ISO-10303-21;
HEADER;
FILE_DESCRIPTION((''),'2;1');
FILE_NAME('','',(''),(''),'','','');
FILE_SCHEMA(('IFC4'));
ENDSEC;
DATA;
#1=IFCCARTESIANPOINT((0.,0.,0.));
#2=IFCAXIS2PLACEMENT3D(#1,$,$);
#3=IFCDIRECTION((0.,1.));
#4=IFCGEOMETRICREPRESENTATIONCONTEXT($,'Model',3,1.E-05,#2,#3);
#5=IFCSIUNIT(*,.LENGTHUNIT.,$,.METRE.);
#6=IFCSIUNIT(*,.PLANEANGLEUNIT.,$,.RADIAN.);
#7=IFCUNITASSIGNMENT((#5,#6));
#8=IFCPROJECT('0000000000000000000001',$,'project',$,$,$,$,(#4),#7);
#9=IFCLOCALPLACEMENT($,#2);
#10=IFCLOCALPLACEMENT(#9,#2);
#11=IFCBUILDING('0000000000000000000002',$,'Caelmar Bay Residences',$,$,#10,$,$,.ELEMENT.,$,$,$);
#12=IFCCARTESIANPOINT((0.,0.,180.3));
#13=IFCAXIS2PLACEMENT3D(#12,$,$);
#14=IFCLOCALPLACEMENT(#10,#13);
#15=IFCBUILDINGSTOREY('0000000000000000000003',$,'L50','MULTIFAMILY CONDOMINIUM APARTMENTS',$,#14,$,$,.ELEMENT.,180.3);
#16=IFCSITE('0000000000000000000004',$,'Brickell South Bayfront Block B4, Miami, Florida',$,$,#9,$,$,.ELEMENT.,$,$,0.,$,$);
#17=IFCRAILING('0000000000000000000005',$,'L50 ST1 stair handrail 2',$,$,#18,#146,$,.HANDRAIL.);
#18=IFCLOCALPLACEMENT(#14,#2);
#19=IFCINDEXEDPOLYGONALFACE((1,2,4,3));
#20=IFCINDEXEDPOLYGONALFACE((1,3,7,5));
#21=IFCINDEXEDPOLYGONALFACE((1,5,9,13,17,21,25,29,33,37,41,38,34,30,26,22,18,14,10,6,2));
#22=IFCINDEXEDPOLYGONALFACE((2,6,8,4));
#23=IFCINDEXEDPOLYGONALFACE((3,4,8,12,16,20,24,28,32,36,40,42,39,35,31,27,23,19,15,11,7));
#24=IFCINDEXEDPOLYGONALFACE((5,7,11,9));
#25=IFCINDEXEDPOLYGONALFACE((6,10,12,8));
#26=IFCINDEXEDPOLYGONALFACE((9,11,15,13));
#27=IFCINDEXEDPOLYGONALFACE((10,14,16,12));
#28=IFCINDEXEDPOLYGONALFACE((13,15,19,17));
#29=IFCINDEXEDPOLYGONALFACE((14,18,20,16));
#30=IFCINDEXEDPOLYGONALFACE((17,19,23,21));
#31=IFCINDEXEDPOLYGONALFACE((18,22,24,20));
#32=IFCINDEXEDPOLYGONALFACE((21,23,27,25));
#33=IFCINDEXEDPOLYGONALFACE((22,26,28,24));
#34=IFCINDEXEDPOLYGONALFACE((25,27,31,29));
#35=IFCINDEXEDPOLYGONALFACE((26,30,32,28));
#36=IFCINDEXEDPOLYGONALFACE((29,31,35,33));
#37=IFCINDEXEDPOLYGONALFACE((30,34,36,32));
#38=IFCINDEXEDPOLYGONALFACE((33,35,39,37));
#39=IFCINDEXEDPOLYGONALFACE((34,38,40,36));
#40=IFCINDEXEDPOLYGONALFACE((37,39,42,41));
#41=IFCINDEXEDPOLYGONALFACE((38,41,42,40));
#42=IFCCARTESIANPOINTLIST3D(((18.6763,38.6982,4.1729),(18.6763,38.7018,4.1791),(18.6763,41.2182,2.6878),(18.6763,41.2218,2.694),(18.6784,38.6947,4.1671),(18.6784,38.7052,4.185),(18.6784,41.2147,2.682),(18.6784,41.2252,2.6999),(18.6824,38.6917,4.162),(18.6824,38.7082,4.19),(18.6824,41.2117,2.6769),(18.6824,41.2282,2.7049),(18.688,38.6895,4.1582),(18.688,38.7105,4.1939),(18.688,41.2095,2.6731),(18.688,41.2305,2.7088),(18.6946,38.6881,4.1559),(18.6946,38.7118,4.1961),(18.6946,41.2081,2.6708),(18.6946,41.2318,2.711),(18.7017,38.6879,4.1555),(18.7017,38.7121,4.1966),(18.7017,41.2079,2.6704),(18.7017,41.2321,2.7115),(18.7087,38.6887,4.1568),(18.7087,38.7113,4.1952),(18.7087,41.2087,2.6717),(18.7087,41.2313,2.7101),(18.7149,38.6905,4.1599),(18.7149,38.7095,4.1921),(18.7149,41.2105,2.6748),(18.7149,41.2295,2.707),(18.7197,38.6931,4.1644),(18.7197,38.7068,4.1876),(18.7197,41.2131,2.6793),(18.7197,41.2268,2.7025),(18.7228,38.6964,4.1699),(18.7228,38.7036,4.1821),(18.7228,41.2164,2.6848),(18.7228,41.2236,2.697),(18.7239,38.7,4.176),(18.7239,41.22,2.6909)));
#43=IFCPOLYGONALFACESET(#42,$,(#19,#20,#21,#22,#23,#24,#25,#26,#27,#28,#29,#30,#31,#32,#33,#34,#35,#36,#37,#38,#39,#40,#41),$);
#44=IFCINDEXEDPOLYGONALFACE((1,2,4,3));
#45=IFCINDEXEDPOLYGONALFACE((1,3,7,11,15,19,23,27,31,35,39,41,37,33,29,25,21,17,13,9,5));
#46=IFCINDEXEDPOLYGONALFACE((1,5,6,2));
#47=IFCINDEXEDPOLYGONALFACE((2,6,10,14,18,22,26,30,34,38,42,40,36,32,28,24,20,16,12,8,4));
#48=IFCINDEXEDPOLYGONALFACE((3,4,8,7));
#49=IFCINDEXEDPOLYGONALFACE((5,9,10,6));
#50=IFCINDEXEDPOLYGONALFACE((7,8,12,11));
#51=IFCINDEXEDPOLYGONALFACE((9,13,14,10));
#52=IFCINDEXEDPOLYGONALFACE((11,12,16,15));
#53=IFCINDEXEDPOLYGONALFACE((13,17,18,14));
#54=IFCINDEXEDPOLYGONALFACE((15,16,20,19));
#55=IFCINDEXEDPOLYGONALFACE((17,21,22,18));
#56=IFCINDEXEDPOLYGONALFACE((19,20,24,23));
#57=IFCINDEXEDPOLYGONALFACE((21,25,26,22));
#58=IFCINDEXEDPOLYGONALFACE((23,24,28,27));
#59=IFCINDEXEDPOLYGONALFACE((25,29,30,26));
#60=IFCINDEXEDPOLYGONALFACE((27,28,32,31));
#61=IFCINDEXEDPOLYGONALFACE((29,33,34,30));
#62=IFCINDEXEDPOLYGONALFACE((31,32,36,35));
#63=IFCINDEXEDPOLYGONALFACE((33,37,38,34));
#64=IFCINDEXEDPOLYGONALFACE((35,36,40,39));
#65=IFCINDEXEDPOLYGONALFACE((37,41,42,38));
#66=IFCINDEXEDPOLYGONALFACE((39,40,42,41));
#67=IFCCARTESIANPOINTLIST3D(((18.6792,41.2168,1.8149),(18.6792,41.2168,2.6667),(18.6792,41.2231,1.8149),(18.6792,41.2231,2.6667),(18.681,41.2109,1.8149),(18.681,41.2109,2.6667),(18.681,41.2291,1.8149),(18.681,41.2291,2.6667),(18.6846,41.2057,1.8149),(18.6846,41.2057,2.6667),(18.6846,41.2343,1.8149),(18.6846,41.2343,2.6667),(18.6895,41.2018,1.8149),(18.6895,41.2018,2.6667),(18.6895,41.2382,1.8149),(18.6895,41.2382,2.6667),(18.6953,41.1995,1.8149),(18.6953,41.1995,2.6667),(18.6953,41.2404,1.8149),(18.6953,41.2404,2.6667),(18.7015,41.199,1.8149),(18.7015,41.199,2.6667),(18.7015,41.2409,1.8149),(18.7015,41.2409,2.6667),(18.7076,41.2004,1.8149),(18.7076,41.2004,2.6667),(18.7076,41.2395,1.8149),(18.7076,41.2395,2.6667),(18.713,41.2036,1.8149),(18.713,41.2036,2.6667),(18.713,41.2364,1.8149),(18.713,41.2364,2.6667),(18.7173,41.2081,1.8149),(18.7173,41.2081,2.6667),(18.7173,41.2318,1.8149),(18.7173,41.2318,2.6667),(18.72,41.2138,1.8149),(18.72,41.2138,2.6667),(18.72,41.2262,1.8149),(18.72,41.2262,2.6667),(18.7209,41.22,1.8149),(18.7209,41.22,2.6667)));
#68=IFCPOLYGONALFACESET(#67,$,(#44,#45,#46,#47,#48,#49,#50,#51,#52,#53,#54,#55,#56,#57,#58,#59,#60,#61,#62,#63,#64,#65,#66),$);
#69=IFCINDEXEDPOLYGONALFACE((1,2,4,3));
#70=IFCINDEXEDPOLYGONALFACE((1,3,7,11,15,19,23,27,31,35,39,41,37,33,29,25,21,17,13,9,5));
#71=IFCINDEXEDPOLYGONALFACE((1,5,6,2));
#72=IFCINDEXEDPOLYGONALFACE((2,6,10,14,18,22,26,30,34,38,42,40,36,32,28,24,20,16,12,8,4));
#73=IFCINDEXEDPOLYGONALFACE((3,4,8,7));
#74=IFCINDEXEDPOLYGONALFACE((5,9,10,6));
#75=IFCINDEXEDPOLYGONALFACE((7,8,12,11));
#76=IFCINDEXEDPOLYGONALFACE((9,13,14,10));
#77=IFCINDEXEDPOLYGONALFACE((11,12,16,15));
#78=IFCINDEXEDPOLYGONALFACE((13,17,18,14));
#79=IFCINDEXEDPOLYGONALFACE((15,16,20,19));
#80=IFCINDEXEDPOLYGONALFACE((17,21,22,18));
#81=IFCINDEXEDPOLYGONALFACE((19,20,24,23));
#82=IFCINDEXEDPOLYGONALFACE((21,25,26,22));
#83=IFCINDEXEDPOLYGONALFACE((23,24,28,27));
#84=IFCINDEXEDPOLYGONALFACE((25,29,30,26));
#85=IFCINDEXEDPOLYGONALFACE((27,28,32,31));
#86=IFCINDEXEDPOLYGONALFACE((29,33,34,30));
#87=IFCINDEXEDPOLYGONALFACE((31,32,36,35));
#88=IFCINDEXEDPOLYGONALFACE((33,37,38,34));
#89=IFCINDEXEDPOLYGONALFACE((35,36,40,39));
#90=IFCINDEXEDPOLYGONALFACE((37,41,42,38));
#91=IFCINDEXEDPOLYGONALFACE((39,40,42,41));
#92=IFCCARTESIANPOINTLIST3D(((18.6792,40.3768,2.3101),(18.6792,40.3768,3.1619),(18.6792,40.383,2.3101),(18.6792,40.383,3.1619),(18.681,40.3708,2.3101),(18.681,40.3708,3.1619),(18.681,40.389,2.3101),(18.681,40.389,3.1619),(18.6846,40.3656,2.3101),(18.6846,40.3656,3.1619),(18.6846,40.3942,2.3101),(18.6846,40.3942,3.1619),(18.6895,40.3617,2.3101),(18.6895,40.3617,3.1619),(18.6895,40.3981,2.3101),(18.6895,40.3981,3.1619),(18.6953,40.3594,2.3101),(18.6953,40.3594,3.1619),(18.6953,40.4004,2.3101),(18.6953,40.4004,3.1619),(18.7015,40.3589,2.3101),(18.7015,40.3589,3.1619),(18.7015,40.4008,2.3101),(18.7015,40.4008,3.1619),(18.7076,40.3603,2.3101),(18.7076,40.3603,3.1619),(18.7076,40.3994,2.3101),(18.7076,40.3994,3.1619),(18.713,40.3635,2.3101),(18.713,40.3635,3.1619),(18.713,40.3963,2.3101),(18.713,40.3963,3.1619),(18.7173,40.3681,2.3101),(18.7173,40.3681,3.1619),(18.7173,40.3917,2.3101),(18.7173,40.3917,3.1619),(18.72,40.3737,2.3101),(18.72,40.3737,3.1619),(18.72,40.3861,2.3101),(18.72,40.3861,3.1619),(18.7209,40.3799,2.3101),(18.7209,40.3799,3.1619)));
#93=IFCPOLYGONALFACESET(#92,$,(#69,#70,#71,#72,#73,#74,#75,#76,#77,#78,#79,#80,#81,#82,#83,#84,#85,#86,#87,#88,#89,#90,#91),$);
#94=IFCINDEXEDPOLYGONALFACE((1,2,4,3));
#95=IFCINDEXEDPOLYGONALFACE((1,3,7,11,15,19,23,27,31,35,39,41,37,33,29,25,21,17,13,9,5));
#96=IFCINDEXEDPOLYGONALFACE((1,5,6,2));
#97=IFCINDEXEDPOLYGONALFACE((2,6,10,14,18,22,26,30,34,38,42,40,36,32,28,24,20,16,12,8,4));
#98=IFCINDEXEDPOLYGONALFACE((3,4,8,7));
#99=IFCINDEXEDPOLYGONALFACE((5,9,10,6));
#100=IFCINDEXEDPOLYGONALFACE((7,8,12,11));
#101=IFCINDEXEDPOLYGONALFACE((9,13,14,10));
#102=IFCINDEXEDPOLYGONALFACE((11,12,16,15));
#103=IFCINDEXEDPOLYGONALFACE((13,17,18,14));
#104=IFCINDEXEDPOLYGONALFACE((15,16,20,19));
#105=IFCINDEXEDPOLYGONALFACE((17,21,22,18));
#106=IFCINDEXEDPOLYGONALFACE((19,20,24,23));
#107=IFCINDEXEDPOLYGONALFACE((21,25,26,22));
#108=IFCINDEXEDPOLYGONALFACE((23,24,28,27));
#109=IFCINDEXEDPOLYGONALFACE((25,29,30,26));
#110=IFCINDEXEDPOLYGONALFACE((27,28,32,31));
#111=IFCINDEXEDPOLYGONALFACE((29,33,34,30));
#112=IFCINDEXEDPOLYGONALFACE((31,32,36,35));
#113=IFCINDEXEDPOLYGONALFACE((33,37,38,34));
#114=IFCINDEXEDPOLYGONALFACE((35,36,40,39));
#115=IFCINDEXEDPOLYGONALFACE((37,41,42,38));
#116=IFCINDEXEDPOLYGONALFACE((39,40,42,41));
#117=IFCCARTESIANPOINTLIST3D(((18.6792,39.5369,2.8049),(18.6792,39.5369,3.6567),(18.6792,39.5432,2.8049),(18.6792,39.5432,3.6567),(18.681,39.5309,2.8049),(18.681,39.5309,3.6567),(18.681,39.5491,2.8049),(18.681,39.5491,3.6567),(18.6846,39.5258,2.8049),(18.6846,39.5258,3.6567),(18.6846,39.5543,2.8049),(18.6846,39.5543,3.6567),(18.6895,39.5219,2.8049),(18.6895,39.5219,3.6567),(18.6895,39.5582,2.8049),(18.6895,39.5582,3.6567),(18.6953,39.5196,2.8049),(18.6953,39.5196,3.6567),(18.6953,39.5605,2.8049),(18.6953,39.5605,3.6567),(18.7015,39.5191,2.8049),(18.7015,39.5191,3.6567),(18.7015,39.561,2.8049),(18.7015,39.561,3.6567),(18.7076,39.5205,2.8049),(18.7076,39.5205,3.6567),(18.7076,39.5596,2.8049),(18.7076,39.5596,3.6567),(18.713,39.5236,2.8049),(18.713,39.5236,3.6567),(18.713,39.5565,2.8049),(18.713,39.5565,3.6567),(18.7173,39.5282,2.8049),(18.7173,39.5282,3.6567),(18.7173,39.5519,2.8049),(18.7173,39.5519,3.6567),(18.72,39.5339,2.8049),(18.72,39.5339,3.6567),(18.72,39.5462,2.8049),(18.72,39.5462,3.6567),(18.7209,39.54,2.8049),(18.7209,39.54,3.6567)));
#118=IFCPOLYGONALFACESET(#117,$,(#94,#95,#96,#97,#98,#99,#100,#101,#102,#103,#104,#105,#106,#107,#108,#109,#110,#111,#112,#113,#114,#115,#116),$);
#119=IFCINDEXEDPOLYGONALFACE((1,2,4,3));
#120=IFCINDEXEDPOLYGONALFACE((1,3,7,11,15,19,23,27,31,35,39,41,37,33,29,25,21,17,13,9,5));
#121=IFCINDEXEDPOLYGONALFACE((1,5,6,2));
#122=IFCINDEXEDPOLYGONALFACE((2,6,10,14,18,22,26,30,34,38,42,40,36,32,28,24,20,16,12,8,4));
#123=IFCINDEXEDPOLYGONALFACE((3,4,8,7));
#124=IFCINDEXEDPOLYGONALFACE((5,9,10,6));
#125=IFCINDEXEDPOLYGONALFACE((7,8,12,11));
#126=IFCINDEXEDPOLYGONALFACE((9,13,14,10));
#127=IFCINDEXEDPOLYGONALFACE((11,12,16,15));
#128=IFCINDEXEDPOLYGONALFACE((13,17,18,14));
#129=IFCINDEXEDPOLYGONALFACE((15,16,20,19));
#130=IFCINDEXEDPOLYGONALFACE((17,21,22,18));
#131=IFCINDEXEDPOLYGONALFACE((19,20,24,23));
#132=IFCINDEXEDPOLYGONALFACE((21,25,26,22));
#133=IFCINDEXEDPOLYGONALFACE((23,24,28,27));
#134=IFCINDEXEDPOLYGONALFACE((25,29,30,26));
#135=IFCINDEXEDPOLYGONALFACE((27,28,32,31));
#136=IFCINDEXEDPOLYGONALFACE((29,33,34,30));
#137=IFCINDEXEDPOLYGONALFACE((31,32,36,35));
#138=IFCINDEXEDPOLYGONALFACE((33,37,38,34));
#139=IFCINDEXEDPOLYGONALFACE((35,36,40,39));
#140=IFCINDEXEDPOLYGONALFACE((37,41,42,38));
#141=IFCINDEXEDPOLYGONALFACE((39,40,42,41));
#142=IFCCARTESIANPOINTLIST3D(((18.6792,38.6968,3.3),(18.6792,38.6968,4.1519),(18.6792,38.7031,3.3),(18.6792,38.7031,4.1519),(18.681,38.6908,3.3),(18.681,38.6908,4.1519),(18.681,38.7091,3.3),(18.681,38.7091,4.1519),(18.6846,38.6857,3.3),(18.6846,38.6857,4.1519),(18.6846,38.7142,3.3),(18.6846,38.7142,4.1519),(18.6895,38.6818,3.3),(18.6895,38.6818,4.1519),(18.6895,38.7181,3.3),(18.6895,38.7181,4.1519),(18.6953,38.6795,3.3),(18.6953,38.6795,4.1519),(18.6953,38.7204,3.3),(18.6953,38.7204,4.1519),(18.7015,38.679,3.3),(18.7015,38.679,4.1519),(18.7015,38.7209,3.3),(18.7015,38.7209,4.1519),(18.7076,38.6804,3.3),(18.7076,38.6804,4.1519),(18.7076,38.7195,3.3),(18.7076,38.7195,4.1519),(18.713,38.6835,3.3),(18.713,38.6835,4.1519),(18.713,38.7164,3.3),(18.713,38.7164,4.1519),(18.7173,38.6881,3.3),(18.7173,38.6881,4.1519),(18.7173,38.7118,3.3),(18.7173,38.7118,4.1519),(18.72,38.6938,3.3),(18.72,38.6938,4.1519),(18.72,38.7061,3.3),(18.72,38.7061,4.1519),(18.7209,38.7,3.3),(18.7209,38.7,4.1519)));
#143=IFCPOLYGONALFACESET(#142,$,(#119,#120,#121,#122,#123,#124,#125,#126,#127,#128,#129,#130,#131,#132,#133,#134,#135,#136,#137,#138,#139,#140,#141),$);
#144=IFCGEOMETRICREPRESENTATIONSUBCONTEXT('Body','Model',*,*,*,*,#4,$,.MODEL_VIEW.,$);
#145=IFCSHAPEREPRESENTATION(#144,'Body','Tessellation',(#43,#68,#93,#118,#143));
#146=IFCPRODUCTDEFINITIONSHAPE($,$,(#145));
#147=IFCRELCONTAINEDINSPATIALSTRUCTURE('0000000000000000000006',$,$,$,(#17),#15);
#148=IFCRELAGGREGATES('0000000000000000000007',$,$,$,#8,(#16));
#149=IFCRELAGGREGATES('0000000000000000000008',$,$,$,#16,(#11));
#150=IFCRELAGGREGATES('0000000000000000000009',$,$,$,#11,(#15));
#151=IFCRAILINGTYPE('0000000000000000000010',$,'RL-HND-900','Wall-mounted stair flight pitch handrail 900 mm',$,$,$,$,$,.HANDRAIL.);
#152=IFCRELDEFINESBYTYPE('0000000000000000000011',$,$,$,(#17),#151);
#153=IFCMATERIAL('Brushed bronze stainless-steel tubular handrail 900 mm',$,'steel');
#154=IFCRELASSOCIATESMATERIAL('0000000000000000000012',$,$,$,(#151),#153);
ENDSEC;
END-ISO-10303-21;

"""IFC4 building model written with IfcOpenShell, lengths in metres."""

from ifc_helpers import new_model, si_unit, direction, frame, origin, origin_2d, place, context, subcontext, project, spatial, circle, extrude, material, type_object, element, save


model = new_model("IFC4")

# Units and contexts
model_context = context("Model", 3, precision=1e-05, world=origin(), true_north=direction((0.0, 1.0)))
body_context = subcontext(model_context, "Body", "Model", "MODEL_VIEW")
ifc_project = project(units=[si_unit("LENGTHUNIT", "METRE"), si_unit("PLANEANGLEUNIT", "RADIAN")], contexts=[model_context])

# Site, building, storey
site_placement = place(None, origin())
site = spatial("IfcSite", under=ifc_project, at=site_placement, Name="Brickell South Bayfront Block B4, Miami, Florida", CompositionType="ELEMENT", RefElevation=0.0)
building_placement = place(site_placement, origin())
building = spatial("IfcBuilding", under=site, at=building_placement, Name="Caelmar Bay Residences", CompositionType="ELEMENT")
storey_placement = place(building_placement, frame((0.0, 0.0, 180.3)))
storey = spatial("IfcBuildingStorey", under=building, at=storey_placement, Name="L50", Description="MULTIFAMILY CONDOMINIUM APARTMENTS", CompositionType="ELEMENT", Elevation=180.3)

# Railing
ifc_material_1 = material(Name="Brushed bronze stainless-steel tubular handrail 900 mm", Category="steel")
railing_type_1 = type_object("IfcRailingType", Name="RL-HND-900", Description="Wall-mounted stair flight pitch handrail 900 mm", PredefinedType="HANDRAIL", material=ifc_material_1)
railing_1_placement = place(storey_placement, frame((18.7, 41.22, 1.8149)))
element("IfcRailing", 1, at=railing_1_placement, inside=storey, type_object=railing_type_1, Name="L50 ST1 stair handrail 2", PredefinedType="HANDRAIL", context=body_context, shape_type="SweptSolid", body=[
    extrude(circle(Radius=0.0239, at=origin_2d()), frame((0.0, 0.0, 0.876), z_axis=(0.0, -0.861524, 0.507717), x_axis=(1.0, 0.0, 0.0)), (0.0, 0.0, 1.0), 2.925),
    extrude(circle(Radius=0.021, at=origin_2d()), origin(), (0.0, 0.0, 1.0), 0.8518),
    extrude(circle(Radius=0.021, at=origin_2d()), frame((0.0, -0.8401, 0.4951)), (0.0, 0.0, 1.0), 0.8518),
    extrude(circle(Radius=0.021, at=origin_2d()), frame((0.0, -1.6799, 0.99)), (0.0, 0.0, 1.0), 0.8518),
    extrude(circle(Radius=0.021, at=origin_2d()), frame((0.0, -2.52, 1.4851)), (0.0, 0.0, 1.0), 0.8518),
])

save(model, "model.ifc")
